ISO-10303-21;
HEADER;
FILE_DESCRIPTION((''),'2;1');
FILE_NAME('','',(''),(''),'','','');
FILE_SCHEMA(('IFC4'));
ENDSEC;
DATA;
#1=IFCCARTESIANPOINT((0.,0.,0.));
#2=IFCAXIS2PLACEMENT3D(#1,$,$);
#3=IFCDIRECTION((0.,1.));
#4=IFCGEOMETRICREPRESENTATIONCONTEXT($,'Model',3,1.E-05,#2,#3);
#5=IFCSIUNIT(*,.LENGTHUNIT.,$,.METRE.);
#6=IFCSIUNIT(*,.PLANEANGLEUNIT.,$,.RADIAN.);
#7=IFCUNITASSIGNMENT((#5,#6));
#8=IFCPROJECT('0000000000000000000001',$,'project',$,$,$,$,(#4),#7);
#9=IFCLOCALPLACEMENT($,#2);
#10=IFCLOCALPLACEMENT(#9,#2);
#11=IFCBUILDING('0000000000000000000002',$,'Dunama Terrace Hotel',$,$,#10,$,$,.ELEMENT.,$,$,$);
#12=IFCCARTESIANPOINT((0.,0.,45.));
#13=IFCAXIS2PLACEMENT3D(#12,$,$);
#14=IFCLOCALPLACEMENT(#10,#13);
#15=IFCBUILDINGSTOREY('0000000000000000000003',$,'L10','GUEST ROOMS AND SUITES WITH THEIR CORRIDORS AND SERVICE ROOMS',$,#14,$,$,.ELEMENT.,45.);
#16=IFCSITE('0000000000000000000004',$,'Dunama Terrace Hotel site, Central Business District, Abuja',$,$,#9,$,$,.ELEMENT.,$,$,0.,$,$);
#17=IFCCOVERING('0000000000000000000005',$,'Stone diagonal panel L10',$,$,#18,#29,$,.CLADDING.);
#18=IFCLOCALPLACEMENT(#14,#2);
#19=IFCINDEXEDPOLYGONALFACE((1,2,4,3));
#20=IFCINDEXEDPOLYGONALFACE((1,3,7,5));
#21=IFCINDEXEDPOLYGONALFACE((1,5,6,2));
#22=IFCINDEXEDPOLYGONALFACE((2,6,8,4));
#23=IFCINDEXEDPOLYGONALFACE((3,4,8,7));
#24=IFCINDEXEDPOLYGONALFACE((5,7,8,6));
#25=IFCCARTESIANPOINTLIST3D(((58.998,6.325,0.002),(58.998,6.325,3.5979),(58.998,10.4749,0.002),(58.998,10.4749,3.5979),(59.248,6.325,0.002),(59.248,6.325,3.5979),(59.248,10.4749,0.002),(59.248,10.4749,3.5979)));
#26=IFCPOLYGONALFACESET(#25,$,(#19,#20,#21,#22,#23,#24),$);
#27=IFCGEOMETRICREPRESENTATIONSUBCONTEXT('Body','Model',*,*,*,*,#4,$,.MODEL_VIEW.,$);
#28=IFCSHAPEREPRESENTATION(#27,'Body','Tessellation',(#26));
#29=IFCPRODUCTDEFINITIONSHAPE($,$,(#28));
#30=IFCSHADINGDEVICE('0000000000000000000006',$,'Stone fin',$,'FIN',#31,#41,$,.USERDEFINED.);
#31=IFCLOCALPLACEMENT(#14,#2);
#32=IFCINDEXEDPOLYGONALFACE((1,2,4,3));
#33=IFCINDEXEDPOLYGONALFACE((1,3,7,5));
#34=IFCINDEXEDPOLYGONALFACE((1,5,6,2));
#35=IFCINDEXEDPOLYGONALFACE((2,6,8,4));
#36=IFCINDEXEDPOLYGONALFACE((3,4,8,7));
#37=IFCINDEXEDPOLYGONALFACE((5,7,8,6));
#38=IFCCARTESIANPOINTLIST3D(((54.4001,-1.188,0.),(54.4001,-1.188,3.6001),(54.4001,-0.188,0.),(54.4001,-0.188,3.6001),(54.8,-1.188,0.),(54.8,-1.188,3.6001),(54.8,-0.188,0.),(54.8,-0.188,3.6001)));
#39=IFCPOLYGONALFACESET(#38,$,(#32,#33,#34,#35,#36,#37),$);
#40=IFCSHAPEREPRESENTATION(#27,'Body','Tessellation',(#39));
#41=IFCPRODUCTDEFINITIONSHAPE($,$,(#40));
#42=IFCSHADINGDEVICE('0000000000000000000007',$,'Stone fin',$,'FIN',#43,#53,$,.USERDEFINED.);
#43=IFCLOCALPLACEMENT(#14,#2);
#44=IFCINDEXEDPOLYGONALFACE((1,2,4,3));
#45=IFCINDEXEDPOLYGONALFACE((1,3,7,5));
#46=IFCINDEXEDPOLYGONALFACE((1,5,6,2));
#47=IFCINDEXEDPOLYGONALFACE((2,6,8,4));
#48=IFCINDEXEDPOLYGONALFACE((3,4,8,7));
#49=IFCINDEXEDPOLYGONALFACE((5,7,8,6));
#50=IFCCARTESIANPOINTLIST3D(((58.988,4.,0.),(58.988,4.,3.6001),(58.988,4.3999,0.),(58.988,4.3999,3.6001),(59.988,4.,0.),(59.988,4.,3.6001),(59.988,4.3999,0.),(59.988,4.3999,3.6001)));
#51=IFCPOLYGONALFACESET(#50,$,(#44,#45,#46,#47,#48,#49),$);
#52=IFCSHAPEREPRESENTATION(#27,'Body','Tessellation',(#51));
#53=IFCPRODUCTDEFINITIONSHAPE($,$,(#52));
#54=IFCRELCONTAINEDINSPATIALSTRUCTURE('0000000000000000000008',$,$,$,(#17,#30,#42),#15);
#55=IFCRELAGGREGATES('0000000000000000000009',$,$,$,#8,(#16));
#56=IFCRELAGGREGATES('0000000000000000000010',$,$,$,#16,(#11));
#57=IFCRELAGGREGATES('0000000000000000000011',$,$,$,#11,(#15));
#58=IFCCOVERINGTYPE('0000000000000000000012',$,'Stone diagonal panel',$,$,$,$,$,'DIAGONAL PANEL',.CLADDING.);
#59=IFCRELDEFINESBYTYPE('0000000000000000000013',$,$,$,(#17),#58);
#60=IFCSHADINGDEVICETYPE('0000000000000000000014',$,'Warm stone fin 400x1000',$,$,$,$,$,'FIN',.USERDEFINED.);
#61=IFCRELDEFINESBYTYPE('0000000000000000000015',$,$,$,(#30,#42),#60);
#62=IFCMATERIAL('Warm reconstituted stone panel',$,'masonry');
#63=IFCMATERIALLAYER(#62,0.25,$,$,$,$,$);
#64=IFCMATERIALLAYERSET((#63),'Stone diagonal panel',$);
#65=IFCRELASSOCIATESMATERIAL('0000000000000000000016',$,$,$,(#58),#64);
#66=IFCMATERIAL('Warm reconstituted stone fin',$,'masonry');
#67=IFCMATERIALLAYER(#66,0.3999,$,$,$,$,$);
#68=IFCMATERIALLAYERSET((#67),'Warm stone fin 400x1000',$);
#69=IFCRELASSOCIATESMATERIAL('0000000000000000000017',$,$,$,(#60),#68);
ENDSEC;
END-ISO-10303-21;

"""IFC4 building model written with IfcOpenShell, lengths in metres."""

from ifc_helpers import new_model, si_unit, direction, frame, origin, origin_2d, place, context, subcontext, project, spatial, rectangle, extrude, material, layer, layer_set, type_object, element, save


model = new_model("IFC4")

# Units and contexts
model_context = context("Model", 3, precision=1e-05, world=origin(), true_north=direction((0.0, 1.0)))
body_context = subcontext(model_context, "Body", "Model", "MODEL_VIEW")
ifc_project = project(units=[si_unit("LENGTHUNIT", "METRE"), si_unit("PLANEANGLEUNIT", "RADIAN")], contexts=[model_context])

# Site, building, storey
site_placement = place(None, origin())
site = spatial("IfcSite", under=ifc_project, at=site_placement, Name="Dunama Terrace Hotel site, Central Business District, Abuja", CompositionType="ELEMENT", RefElevation=0.0)
building_placement = place(site_placement, origin())
building = spatial("IfcBuilding", under=site, at=building_placement, Name="Dunama Terrace Hotel", CompositionType="ELEMENT")
storey_placement = place(building_placement, frame((0.0, 0.0, 45.0)))
storey = spatial("IfcBuildingStorey", under=building, at=storey_placement, Name="L10", Description="GUEST ROOMS AND SUITES WITH THEIR CORRIDORS AND SERVICE ROOMS", CompositionType="ELEMENT", Elevation=45.0)

# Covering
ifc_material_1 = material(Name="Warm reconstituted stone panel", Category="masonry")
ifc_layer_1 = layer(ifc_material_1, 0.25)
ifc_layer_set_1 = layer_set([ifc_layer_1], Name="Stone diagonal panel")
covering_type = type_object("IfcCoveringType", Name="Stone diagonal panel", ElementType="DIAGONAL PANEL", PredefinedType="CLADDING", material=ifc_layer_set_1)
covering_1_placement = place(storey_placement, frame((59.123, 8.3999, 0.002), z_axis=(0.0, 0.0, 1.0), x_axis=(0.0, 1.0, 0.0)))
element("IfcCovering", 1, at=covering_1_placement, inside=storey, type_object=covering_type, Name="Stone diagonal panel L10", PredefinedType="CLADDING", context=body_context, shape_type="SweptSolid", body=[
    extrude(rectangle(XDim=4.1499, YDim=0.25, at=origin_2d()), origin(), (0.0, 0.0, 1.0), 3.5959),
])

# Shading devices
ifc_material_2 = material(Name="Warm reconstituted stone fin", Category="masonry")
ifc_layer_2 = layer(ifc_material_2, 0.3999)
ifc_layer_set_2 = layer_set([ifc_layer_2], Name="Warm stone fin 400x1000")
shading_device_type = type_object("IfcShadingDeviceType", Name="Warm stone fin 400x1000", ElementType="FIN", PredefinedType="USERDEFINED", material=ifc_layer_set_2)
for number, where, z_axis, x_axis, name in (
    (2, (54.6001, -0.688, 0.0), (0.0, 0.0, 1.0), (1.0, 0.0, 0.0), "Stone fin"),
    (3, (59.488, 4.2, 0.0), (0.0, 0.0, 1.0), (0.0, 1.0, 0.0), "Stone fin"),
):
    element("IfcShadingDevice", number, at=place(storey_placement, frame(where, z_axis=z_axis, x_axis=x_axis)), inside=storey, type_object=shading_device_type, Name=name, ObjectType="FIN", PredefinedType="USERDEFINED", context=body_context, shape_type="SweptSolid", body=[
        extrude(rectangle(XDim=0.3999, YDim=1.0, at=origin_2d()), origin(), (0.0, 0.0, 1.0), 3.6001),
    ])

save(model, "model.ifc")
